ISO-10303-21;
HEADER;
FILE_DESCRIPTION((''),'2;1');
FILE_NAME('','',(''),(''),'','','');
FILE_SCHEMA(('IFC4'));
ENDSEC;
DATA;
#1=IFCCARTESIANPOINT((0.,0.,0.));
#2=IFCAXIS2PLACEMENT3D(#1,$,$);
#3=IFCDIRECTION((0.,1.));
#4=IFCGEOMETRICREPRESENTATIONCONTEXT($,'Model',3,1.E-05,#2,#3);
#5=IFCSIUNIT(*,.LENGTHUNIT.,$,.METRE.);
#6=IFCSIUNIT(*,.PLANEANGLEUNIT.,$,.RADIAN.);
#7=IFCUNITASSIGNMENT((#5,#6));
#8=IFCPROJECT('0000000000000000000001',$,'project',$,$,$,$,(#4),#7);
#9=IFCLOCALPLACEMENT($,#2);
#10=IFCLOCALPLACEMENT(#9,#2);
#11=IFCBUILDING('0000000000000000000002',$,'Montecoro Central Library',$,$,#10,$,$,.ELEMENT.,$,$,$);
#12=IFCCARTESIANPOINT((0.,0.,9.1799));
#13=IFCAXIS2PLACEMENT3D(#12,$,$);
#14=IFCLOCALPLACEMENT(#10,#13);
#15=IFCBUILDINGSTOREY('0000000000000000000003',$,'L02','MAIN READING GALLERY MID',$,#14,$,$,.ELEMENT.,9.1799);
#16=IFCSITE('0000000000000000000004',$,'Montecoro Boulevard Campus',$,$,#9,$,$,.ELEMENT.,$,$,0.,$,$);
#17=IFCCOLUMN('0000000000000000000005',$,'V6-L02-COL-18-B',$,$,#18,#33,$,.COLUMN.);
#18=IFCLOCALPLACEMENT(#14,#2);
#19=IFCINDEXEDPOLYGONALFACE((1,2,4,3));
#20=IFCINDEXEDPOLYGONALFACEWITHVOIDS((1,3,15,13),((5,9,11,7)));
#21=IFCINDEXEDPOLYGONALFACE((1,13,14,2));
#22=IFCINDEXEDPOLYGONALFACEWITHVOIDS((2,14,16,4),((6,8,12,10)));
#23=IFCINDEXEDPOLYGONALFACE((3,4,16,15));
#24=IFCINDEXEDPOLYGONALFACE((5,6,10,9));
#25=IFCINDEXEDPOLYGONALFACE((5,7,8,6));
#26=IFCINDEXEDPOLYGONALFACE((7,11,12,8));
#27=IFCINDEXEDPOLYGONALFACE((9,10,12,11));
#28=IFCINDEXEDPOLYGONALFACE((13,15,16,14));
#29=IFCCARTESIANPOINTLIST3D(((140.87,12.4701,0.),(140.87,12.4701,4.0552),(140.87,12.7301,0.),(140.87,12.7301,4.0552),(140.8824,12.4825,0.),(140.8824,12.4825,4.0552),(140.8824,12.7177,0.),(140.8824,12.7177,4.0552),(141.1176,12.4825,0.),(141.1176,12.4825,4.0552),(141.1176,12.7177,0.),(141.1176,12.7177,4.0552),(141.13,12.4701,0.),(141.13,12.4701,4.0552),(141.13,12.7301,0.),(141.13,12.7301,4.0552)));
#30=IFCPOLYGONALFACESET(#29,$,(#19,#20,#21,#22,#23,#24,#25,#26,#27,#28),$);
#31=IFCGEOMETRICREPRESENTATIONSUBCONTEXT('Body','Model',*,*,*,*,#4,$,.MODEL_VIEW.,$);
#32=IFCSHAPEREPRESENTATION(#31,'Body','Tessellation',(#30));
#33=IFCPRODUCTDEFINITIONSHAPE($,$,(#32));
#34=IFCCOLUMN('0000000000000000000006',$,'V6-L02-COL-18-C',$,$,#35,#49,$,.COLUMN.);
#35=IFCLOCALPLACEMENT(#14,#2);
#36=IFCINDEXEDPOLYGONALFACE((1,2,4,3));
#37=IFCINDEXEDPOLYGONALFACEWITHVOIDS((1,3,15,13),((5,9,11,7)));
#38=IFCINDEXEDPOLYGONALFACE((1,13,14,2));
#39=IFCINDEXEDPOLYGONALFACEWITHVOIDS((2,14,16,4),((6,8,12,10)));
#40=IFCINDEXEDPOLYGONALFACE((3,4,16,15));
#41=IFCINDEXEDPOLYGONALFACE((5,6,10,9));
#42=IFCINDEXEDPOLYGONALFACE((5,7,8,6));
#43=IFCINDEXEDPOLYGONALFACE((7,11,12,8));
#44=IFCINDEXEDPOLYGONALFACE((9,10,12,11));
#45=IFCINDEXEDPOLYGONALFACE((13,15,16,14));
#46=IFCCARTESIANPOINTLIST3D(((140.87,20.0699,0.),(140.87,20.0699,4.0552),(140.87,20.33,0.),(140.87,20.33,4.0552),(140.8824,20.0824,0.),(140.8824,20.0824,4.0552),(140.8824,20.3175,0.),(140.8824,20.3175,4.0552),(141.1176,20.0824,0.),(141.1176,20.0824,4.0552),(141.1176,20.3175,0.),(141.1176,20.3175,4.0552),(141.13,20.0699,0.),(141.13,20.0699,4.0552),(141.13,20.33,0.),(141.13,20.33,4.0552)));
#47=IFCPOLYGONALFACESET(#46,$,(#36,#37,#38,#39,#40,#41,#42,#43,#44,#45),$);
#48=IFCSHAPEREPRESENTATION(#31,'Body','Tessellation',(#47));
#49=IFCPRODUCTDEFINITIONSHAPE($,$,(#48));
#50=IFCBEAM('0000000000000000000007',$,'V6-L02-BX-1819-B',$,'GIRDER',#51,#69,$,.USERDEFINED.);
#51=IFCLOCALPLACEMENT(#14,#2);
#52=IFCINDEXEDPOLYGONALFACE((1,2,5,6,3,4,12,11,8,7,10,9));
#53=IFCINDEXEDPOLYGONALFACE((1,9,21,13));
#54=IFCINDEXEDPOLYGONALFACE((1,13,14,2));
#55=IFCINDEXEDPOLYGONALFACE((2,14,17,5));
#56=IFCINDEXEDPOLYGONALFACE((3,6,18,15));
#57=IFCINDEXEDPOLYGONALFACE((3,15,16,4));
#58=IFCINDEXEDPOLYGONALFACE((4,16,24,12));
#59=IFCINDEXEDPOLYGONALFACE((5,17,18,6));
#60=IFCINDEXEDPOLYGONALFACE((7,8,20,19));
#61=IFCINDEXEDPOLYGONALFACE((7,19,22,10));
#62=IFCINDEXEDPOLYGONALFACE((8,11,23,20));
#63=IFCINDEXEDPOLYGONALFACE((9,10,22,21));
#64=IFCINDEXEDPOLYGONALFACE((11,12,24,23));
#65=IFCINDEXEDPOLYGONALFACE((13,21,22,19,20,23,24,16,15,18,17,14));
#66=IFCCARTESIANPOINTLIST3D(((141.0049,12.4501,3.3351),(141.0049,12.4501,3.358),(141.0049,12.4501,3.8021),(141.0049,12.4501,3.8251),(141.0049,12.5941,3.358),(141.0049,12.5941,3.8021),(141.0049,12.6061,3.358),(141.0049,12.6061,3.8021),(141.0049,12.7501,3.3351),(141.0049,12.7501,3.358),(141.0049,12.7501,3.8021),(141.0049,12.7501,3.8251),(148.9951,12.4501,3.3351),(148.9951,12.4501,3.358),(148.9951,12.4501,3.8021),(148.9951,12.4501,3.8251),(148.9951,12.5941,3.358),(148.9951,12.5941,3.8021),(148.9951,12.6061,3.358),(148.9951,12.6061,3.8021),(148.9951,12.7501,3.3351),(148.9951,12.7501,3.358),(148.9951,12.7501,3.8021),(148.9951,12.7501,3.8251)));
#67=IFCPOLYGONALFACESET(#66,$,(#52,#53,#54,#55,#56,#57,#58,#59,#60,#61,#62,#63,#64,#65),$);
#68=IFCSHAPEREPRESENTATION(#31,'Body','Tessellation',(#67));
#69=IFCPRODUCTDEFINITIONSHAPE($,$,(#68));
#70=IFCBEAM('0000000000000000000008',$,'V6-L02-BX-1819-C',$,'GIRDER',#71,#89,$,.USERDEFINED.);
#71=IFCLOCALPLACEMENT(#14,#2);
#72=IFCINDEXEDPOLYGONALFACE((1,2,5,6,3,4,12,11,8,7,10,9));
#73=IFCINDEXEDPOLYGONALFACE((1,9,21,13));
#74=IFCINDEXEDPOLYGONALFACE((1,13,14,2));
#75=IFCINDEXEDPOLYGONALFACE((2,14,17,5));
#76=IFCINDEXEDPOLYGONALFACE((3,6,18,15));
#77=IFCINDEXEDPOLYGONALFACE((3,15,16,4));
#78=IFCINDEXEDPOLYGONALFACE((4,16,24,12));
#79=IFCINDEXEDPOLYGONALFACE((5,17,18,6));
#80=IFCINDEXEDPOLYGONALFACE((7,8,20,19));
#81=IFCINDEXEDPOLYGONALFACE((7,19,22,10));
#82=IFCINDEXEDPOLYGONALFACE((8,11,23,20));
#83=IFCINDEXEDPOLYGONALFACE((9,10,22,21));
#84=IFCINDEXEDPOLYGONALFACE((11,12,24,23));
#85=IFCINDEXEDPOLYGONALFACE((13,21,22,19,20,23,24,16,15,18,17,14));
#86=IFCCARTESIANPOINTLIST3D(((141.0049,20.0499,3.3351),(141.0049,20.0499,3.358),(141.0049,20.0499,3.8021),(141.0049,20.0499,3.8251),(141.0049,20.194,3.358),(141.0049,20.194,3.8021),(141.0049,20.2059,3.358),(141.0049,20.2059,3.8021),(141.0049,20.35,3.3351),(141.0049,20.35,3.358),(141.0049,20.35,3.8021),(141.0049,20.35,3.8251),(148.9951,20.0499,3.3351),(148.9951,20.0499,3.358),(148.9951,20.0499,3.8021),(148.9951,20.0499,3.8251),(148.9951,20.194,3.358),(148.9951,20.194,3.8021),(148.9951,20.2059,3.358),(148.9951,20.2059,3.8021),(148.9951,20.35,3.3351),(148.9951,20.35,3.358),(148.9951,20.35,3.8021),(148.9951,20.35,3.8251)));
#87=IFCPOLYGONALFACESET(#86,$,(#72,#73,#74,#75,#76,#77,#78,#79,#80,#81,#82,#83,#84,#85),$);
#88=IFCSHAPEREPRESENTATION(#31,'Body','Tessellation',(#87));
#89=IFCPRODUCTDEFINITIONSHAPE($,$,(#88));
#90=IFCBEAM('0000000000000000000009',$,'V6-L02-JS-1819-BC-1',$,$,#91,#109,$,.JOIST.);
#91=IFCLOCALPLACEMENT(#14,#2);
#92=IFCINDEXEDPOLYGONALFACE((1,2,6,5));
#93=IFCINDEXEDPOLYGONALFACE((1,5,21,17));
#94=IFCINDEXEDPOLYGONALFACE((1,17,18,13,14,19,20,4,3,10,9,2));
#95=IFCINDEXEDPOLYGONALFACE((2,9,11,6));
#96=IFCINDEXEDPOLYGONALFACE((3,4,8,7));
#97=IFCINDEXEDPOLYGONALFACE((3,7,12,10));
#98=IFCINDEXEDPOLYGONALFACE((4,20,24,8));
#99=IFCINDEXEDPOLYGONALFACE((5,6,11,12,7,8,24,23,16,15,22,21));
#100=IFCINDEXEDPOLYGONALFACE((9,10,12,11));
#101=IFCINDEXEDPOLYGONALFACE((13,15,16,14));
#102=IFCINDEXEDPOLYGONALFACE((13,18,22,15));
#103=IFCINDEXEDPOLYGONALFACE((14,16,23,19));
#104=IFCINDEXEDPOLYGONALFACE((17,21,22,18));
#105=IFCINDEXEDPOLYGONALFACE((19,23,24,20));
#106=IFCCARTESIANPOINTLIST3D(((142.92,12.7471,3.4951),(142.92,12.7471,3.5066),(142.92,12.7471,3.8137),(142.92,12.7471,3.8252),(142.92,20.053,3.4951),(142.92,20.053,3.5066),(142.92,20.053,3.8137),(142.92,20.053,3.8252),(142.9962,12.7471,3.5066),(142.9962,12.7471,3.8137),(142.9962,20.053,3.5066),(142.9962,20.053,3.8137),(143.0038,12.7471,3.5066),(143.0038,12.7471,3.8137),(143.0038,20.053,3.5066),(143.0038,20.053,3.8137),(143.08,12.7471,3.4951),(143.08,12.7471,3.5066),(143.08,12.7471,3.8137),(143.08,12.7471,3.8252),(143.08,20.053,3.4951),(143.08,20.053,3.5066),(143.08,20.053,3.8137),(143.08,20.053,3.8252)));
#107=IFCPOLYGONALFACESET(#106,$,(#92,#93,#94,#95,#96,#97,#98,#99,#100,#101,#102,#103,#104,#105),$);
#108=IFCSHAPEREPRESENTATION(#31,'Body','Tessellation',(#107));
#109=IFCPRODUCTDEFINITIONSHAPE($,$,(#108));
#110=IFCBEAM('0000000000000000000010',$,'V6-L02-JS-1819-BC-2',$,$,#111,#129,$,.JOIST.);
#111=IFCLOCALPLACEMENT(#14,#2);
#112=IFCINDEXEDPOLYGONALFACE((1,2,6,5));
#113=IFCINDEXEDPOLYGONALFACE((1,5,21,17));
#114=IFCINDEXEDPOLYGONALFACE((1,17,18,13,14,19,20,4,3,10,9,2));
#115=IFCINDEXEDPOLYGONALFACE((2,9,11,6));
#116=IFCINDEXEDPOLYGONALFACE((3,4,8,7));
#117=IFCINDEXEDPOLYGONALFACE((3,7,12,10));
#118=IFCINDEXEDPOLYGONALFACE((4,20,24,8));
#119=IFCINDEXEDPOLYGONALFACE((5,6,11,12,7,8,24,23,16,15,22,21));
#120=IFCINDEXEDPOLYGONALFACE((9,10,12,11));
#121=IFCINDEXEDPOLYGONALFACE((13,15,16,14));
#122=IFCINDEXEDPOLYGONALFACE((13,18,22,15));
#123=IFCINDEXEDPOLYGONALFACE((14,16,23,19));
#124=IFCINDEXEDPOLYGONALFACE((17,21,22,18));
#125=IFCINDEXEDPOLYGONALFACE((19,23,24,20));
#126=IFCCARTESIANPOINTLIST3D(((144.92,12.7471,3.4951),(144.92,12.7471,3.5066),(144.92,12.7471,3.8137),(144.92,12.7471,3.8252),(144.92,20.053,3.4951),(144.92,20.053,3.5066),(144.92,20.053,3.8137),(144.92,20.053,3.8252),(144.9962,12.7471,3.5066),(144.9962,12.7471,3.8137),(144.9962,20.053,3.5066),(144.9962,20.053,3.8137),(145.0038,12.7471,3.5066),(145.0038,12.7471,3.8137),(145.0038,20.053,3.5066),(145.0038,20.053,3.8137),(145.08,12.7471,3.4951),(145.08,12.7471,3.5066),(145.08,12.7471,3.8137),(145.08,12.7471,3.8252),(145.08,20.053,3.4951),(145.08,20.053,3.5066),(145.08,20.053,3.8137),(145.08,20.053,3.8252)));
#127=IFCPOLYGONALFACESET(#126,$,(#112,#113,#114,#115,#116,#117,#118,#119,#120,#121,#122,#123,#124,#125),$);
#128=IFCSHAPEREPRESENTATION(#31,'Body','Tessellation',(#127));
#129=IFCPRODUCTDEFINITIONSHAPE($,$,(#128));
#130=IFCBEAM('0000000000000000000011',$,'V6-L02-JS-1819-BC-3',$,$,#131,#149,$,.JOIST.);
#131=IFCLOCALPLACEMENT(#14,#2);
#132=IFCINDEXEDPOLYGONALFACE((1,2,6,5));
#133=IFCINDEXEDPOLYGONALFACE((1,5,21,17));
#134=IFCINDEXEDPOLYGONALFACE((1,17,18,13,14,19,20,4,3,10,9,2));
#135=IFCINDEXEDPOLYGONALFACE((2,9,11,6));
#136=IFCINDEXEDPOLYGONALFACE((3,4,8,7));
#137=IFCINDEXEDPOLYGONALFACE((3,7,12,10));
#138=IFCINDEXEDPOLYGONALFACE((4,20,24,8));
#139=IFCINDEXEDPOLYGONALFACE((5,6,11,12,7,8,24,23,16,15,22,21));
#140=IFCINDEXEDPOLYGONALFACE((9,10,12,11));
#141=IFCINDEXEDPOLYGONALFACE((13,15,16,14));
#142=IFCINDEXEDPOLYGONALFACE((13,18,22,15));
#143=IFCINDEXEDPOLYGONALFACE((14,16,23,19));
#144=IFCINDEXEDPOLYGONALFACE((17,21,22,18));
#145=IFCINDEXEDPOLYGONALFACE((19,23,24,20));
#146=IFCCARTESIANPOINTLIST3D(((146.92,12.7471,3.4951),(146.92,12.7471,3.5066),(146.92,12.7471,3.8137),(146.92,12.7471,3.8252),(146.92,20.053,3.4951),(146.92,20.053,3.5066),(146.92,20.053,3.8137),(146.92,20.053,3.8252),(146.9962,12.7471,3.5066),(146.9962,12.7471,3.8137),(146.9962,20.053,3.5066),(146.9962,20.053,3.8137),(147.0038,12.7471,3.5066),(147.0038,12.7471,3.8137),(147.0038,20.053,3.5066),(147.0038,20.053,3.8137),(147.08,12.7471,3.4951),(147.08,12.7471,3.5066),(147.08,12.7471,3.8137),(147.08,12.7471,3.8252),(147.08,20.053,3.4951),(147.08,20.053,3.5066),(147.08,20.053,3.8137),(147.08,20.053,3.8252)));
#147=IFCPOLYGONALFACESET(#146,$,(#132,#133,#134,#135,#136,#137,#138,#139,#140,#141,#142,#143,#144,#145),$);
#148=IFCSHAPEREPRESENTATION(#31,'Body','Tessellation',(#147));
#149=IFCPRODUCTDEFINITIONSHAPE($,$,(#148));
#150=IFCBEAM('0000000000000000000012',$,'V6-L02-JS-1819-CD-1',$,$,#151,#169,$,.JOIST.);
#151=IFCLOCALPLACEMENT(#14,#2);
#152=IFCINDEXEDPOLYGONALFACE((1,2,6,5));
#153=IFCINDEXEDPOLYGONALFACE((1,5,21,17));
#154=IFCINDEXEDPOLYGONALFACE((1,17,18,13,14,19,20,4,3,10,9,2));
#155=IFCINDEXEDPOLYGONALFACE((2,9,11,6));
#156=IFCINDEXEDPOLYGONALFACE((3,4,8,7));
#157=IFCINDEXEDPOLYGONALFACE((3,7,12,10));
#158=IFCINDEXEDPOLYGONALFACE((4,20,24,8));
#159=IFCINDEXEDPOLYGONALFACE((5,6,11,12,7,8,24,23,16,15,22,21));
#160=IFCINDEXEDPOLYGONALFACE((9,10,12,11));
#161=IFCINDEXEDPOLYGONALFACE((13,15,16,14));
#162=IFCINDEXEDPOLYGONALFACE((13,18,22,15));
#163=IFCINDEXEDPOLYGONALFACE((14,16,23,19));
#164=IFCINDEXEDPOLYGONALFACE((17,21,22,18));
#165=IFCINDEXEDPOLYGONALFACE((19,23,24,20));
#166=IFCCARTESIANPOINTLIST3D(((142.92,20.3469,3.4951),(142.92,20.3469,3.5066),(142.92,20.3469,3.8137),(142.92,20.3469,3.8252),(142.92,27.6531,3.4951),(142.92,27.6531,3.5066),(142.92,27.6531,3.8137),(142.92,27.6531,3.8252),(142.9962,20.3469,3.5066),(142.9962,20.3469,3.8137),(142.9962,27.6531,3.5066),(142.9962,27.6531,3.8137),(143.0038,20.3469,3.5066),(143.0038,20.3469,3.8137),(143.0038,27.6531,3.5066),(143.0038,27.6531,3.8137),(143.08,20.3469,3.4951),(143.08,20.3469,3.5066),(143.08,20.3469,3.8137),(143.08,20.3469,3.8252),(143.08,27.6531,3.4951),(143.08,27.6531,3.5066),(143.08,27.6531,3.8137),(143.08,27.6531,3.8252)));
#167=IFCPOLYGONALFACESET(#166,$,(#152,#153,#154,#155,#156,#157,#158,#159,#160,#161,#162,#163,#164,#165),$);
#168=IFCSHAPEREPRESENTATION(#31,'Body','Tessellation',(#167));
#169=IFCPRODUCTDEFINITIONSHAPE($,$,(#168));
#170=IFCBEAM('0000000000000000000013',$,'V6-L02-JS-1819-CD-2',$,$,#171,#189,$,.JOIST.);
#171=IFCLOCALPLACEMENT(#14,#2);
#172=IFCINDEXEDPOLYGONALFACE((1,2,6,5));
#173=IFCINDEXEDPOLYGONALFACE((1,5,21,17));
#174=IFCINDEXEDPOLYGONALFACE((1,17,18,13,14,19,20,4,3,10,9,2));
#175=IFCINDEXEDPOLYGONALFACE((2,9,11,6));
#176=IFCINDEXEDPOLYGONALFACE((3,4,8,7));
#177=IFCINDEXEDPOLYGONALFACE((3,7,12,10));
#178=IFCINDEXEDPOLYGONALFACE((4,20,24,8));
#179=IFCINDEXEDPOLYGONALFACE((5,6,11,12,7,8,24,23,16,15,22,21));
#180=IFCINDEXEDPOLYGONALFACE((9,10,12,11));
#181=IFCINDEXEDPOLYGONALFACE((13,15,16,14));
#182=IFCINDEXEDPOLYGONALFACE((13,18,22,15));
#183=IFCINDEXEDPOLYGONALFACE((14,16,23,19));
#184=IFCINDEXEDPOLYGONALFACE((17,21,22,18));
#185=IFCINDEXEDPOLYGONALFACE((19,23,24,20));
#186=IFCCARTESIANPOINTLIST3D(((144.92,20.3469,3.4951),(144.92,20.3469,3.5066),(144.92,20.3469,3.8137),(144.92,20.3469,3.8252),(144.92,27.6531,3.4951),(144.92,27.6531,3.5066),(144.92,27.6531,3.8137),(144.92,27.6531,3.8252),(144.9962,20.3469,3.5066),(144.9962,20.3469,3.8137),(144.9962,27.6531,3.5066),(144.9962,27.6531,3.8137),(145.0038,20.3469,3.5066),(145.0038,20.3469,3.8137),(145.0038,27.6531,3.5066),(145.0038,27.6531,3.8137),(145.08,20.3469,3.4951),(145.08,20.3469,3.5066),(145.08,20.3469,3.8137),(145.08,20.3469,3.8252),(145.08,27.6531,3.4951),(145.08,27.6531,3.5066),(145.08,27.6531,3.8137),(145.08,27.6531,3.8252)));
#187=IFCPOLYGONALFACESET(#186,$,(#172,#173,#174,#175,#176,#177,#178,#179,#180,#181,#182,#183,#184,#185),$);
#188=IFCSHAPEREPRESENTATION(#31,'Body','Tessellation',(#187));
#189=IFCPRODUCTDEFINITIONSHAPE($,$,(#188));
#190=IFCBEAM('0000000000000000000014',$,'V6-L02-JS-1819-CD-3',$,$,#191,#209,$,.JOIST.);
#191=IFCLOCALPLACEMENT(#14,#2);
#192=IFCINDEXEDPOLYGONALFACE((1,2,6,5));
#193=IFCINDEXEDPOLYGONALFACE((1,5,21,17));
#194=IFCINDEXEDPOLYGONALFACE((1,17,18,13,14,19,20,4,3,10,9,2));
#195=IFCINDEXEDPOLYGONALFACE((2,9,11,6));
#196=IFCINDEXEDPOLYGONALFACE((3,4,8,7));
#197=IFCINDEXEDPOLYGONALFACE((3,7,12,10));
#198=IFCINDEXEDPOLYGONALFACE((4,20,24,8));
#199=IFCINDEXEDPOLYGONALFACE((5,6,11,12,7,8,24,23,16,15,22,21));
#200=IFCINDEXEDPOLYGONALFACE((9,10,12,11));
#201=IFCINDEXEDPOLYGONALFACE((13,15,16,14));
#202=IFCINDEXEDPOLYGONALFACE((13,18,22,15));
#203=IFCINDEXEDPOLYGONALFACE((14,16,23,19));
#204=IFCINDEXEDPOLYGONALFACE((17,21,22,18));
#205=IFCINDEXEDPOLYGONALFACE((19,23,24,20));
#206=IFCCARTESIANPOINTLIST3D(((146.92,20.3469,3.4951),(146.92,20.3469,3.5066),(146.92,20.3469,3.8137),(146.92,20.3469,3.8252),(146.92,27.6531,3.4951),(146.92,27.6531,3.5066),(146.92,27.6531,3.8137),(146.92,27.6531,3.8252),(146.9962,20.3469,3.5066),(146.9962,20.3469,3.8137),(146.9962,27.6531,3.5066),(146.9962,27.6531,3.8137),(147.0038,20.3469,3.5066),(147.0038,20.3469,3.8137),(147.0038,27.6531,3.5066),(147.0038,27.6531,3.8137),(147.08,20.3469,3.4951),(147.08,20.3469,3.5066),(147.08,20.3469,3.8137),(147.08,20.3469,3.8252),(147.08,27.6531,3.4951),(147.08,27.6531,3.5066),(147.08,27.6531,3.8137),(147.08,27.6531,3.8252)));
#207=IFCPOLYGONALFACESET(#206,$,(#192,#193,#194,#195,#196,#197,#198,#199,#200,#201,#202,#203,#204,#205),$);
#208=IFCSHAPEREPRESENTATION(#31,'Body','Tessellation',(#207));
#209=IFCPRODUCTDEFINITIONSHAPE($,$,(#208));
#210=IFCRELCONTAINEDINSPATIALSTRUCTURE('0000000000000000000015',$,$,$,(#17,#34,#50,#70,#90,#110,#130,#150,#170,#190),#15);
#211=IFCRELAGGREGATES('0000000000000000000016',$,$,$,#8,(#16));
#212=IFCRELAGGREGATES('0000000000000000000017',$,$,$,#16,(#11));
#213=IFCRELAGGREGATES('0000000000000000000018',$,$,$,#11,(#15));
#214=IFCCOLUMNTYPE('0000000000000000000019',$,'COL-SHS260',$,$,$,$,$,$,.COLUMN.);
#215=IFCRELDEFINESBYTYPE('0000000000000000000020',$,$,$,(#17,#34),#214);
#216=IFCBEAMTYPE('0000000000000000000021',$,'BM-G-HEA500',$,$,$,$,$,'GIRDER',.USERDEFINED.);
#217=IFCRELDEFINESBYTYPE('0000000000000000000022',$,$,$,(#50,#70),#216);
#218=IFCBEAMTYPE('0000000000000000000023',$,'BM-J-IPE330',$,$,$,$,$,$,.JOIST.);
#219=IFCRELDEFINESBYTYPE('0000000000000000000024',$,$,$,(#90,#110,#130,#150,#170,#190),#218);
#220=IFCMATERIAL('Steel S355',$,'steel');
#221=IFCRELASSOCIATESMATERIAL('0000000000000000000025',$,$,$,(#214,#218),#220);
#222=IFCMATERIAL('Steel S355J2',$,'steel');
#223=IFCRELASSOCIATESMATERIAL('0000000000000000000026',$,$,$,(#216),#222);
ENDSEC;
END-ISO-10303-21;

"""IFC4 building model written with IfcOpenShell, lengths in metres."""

from ifc_helpers import new_model, si_unit, direction, frame, origin, origin_2d, place, context, subcontext, project, spatial, hollow_rectangle, i_section, extrude, material, material_profile, profile_set, type_object, element, save


model = new_model("IFC4")

# Units and contexts
model_context = context("Model", 3, precision=1e-05, world=origin(), true_north=direction((0.0, 1.0)))
body_context = subcontext(model_context, "Body", "Model", "MODEL_VIEW")
ifc_project = project(units=[si_unit("LENGTHUNIT", "METRE"), si_unit("PLANEANGLEUNIT", "RADIAN")], contexts=[model_context])

# Site, building, storey
site_placement = place(None, origin())
site = spatial("IfcSite", under=ifc_project, at=site_placement, Name="Montecoro Boulevard Campus", CompositionType="ELEMENT", RefElevation=0.0)
building_placement = place(site_placement, origin())
building = spatial("IfcBuilding", under=site, at=building_placement, Name="Montecoro Central Library", CompositionType="ELEMENT")
storey_placement = place(building_placement, frame((0.0, 0.0, 9.1799)))
storey = spatial("IfcBuildingStorey", under=building, at=storey_placement, Name="L02", Description="MAIN READING GALLERY MID", CompositionType="ELEMENT", Elevation=9.1799)

# Columns
ifc_material_1 = material(Name="Steel S355", Category="steel")
ifc_material_profile_1 = material_profile(ifc_material_1, hollow_rectangle(XDim=0.26, YDim=0.26, WallThickness=0.0125, at=origin_2d()), Name="SHS 260x260x12.5")
ifc_profile_set_1 = profile_set([ifc_material_profile_1], Name="Steel S355")
column_type = type_object("IfcColumnType", Name="COL-SHS260", PredefinedType="COLUMN", material=ifc_profile_set_1)
for number, where, z_axis, x_axis, name in (
    (1, (141.0, 12.6001, 0.0), (0.0, 0.0, 1.0), (1.0, 0.0, 0.0), "V6-L02-COL-18-B"),
    (2, (141.0, 20.2, 0.0), (0.0, 0.0, 1.0), (1.0, 0.0, 0.0), "V6-L02-COL-18-C"),
):
    element("IfcColumn", number, at=place(storey_placement, frame(where, z_axis=z_axis, x_axis=x_axis)), inside=storey, type_object=column_type, Name=name, PredefinedType="COLUMN", context=body_context, shape_type="SweptSolid", body=[
        extrude(hollow_rectangle(XDim=0.26, YDim=0.26, WallThickness=0.0125, at=origin_2d()), origin(), (0.0, 0.0, 1.0), 4.0552),
    ])

# Beams
ifc_material_2 = material(Name="Steel S355J2", Category="steel")
ifc_material_profile_2 = material_profile(ifc_material_2, i_section(OverallWidth=0.3, OverallDepth=0.49, WebThickness=0.012, FlangeThickness=0.0229, at=origin_2d()), Name="HEA 500")
ifc_profile_set_2 = profile_set([ifc_material_profile_2], Name="Steel S355J2")
beam_type_1 = type_object("IfcBeamType", Name="BM-G-HEA500", ElementType="GIRDER", PredefinedType="USERDEFINED", material=ifc_profile_set_2)
for number, where, z_axis, x_axis, name in (
    (3, (141.0049, 12.6001, 3.5801), (1.0, 0.0, 0.0), (0.0, 1.0, 0.0), "V6-L02-BX-1819-B"),
    (4, (141.0049, 20.2, 3.5801), (1.0, 0.0, 0.0), (0.0, 1.0, 0.0), "V6-L02-BX-1819-C"),
):
    element("IfcBeam", number, at=place(storey_placement, frame(where, z_axis=z_axis, x_axis=x_axis)), inside=storey, type_object=beam_type_1, Name=name, ObjectType="GIRDER", PredefinedType="USERDEFINED", context=body_context, shape_type="SweptSolid", body=[
        extrude(i_section(OverallWidth=0.3, OverallDepth=0.49, WebThickness=0.012, FlangeThickness=0.0229, at=origin_2d()), origin(), (0.0, 0.0, 1.0), 7.9902),
    ])
ifc_material_profile_3 = material_profile(ifc_material_1, i_section(OverallWidth=0.1599, OverallDepth=0.3301, WebThickness=0.0076, FlangeThickness=0.0115, at=origin_2d()), Name="IPE 330")
ifc_profile_set_3 = profile_set([ifc_material_profile_3], Name="Steel S355")
beam_type_2 = type_object("IfcBeamType", Name="BM-J-IPE330", PredefinedType="JOIST", material=ifc_profile_set_3)
for number, where, z_axis, x_axis, name in (
    (5, (143.0, 12.7471, 3.6602), (0.0, 1.0, 0.0), (-1.0, 0.0, 0.0), "V6-L02-JS-1819-BC-1"),
    (6, (145.0, 12.7471, 3.6602), (0.0, 1.0, 0.0), (-1.0, 0.0, 0.0), "V6-L02-JS-1819-BC-2"),
    (7, (147.0, 12.7471, 3.6602), (0.0, 1.0, 0.0), (-1.0, 0.0, 0.0), "V6-L02-JS-1819-BC-3"),
):
    element("IfcBeam", number, at=place(storey_placement, frame(where, z_axis=z_axis, x_axis=x_axis)), inside=storey, type_object=beam_type_2, Name=name, PredefinedType="JOIST", context=body_context, shape_type="SweptSolid", body=[
        extrude(i_section(OverallWidth=0.1599, OverallDepth=0.3301, WebThickness=0.0076, FlangeThickness=0.0115, at=origin_2d()), origin(), (0.0, 0.0, 1.0), 7.3059),
    ])
for number, where, z_axis, x_axis, name in (
    (8, (143.0, 20.3469, 3.6602), (0.0, 1.0, 0.0), (-1.0, 0.0, 0.0), "V6-L02-JS-1819-CD-1"),
    (9, (145.0, 20.3469, 3.6602), (0.0, 1.0, 0.0), (-1.0, 0.0, 0.0), "V6-L02-JS-1819-CD-2"),
    (10, (147.0, 20.3469, 3.6602), (0.0, 1.0, 0.0), (-1.0, 0.0, 0.0), "V6-L02-JS-1819-CD-3"),
):
    element("IfcBeam", number, at=place(storey_placement, frame(where, z_axis=z_axis, x_axis=x_axis)), inside=storey, type_object=beam_type_2, Name=name, PredefinedType="JOIST", context=body_context, shape_type="SweptSolid", body=[
        extrude(i_section(OverallWidth=0.1599, OverallDepth=0.3301, WebThickness=0.0076, FlangeThickness=0.0115, at=origin_2d()), origin(), (0.0, 0.0, 1.0), 7.3062),
    ])

save(model, "model.ifc")
